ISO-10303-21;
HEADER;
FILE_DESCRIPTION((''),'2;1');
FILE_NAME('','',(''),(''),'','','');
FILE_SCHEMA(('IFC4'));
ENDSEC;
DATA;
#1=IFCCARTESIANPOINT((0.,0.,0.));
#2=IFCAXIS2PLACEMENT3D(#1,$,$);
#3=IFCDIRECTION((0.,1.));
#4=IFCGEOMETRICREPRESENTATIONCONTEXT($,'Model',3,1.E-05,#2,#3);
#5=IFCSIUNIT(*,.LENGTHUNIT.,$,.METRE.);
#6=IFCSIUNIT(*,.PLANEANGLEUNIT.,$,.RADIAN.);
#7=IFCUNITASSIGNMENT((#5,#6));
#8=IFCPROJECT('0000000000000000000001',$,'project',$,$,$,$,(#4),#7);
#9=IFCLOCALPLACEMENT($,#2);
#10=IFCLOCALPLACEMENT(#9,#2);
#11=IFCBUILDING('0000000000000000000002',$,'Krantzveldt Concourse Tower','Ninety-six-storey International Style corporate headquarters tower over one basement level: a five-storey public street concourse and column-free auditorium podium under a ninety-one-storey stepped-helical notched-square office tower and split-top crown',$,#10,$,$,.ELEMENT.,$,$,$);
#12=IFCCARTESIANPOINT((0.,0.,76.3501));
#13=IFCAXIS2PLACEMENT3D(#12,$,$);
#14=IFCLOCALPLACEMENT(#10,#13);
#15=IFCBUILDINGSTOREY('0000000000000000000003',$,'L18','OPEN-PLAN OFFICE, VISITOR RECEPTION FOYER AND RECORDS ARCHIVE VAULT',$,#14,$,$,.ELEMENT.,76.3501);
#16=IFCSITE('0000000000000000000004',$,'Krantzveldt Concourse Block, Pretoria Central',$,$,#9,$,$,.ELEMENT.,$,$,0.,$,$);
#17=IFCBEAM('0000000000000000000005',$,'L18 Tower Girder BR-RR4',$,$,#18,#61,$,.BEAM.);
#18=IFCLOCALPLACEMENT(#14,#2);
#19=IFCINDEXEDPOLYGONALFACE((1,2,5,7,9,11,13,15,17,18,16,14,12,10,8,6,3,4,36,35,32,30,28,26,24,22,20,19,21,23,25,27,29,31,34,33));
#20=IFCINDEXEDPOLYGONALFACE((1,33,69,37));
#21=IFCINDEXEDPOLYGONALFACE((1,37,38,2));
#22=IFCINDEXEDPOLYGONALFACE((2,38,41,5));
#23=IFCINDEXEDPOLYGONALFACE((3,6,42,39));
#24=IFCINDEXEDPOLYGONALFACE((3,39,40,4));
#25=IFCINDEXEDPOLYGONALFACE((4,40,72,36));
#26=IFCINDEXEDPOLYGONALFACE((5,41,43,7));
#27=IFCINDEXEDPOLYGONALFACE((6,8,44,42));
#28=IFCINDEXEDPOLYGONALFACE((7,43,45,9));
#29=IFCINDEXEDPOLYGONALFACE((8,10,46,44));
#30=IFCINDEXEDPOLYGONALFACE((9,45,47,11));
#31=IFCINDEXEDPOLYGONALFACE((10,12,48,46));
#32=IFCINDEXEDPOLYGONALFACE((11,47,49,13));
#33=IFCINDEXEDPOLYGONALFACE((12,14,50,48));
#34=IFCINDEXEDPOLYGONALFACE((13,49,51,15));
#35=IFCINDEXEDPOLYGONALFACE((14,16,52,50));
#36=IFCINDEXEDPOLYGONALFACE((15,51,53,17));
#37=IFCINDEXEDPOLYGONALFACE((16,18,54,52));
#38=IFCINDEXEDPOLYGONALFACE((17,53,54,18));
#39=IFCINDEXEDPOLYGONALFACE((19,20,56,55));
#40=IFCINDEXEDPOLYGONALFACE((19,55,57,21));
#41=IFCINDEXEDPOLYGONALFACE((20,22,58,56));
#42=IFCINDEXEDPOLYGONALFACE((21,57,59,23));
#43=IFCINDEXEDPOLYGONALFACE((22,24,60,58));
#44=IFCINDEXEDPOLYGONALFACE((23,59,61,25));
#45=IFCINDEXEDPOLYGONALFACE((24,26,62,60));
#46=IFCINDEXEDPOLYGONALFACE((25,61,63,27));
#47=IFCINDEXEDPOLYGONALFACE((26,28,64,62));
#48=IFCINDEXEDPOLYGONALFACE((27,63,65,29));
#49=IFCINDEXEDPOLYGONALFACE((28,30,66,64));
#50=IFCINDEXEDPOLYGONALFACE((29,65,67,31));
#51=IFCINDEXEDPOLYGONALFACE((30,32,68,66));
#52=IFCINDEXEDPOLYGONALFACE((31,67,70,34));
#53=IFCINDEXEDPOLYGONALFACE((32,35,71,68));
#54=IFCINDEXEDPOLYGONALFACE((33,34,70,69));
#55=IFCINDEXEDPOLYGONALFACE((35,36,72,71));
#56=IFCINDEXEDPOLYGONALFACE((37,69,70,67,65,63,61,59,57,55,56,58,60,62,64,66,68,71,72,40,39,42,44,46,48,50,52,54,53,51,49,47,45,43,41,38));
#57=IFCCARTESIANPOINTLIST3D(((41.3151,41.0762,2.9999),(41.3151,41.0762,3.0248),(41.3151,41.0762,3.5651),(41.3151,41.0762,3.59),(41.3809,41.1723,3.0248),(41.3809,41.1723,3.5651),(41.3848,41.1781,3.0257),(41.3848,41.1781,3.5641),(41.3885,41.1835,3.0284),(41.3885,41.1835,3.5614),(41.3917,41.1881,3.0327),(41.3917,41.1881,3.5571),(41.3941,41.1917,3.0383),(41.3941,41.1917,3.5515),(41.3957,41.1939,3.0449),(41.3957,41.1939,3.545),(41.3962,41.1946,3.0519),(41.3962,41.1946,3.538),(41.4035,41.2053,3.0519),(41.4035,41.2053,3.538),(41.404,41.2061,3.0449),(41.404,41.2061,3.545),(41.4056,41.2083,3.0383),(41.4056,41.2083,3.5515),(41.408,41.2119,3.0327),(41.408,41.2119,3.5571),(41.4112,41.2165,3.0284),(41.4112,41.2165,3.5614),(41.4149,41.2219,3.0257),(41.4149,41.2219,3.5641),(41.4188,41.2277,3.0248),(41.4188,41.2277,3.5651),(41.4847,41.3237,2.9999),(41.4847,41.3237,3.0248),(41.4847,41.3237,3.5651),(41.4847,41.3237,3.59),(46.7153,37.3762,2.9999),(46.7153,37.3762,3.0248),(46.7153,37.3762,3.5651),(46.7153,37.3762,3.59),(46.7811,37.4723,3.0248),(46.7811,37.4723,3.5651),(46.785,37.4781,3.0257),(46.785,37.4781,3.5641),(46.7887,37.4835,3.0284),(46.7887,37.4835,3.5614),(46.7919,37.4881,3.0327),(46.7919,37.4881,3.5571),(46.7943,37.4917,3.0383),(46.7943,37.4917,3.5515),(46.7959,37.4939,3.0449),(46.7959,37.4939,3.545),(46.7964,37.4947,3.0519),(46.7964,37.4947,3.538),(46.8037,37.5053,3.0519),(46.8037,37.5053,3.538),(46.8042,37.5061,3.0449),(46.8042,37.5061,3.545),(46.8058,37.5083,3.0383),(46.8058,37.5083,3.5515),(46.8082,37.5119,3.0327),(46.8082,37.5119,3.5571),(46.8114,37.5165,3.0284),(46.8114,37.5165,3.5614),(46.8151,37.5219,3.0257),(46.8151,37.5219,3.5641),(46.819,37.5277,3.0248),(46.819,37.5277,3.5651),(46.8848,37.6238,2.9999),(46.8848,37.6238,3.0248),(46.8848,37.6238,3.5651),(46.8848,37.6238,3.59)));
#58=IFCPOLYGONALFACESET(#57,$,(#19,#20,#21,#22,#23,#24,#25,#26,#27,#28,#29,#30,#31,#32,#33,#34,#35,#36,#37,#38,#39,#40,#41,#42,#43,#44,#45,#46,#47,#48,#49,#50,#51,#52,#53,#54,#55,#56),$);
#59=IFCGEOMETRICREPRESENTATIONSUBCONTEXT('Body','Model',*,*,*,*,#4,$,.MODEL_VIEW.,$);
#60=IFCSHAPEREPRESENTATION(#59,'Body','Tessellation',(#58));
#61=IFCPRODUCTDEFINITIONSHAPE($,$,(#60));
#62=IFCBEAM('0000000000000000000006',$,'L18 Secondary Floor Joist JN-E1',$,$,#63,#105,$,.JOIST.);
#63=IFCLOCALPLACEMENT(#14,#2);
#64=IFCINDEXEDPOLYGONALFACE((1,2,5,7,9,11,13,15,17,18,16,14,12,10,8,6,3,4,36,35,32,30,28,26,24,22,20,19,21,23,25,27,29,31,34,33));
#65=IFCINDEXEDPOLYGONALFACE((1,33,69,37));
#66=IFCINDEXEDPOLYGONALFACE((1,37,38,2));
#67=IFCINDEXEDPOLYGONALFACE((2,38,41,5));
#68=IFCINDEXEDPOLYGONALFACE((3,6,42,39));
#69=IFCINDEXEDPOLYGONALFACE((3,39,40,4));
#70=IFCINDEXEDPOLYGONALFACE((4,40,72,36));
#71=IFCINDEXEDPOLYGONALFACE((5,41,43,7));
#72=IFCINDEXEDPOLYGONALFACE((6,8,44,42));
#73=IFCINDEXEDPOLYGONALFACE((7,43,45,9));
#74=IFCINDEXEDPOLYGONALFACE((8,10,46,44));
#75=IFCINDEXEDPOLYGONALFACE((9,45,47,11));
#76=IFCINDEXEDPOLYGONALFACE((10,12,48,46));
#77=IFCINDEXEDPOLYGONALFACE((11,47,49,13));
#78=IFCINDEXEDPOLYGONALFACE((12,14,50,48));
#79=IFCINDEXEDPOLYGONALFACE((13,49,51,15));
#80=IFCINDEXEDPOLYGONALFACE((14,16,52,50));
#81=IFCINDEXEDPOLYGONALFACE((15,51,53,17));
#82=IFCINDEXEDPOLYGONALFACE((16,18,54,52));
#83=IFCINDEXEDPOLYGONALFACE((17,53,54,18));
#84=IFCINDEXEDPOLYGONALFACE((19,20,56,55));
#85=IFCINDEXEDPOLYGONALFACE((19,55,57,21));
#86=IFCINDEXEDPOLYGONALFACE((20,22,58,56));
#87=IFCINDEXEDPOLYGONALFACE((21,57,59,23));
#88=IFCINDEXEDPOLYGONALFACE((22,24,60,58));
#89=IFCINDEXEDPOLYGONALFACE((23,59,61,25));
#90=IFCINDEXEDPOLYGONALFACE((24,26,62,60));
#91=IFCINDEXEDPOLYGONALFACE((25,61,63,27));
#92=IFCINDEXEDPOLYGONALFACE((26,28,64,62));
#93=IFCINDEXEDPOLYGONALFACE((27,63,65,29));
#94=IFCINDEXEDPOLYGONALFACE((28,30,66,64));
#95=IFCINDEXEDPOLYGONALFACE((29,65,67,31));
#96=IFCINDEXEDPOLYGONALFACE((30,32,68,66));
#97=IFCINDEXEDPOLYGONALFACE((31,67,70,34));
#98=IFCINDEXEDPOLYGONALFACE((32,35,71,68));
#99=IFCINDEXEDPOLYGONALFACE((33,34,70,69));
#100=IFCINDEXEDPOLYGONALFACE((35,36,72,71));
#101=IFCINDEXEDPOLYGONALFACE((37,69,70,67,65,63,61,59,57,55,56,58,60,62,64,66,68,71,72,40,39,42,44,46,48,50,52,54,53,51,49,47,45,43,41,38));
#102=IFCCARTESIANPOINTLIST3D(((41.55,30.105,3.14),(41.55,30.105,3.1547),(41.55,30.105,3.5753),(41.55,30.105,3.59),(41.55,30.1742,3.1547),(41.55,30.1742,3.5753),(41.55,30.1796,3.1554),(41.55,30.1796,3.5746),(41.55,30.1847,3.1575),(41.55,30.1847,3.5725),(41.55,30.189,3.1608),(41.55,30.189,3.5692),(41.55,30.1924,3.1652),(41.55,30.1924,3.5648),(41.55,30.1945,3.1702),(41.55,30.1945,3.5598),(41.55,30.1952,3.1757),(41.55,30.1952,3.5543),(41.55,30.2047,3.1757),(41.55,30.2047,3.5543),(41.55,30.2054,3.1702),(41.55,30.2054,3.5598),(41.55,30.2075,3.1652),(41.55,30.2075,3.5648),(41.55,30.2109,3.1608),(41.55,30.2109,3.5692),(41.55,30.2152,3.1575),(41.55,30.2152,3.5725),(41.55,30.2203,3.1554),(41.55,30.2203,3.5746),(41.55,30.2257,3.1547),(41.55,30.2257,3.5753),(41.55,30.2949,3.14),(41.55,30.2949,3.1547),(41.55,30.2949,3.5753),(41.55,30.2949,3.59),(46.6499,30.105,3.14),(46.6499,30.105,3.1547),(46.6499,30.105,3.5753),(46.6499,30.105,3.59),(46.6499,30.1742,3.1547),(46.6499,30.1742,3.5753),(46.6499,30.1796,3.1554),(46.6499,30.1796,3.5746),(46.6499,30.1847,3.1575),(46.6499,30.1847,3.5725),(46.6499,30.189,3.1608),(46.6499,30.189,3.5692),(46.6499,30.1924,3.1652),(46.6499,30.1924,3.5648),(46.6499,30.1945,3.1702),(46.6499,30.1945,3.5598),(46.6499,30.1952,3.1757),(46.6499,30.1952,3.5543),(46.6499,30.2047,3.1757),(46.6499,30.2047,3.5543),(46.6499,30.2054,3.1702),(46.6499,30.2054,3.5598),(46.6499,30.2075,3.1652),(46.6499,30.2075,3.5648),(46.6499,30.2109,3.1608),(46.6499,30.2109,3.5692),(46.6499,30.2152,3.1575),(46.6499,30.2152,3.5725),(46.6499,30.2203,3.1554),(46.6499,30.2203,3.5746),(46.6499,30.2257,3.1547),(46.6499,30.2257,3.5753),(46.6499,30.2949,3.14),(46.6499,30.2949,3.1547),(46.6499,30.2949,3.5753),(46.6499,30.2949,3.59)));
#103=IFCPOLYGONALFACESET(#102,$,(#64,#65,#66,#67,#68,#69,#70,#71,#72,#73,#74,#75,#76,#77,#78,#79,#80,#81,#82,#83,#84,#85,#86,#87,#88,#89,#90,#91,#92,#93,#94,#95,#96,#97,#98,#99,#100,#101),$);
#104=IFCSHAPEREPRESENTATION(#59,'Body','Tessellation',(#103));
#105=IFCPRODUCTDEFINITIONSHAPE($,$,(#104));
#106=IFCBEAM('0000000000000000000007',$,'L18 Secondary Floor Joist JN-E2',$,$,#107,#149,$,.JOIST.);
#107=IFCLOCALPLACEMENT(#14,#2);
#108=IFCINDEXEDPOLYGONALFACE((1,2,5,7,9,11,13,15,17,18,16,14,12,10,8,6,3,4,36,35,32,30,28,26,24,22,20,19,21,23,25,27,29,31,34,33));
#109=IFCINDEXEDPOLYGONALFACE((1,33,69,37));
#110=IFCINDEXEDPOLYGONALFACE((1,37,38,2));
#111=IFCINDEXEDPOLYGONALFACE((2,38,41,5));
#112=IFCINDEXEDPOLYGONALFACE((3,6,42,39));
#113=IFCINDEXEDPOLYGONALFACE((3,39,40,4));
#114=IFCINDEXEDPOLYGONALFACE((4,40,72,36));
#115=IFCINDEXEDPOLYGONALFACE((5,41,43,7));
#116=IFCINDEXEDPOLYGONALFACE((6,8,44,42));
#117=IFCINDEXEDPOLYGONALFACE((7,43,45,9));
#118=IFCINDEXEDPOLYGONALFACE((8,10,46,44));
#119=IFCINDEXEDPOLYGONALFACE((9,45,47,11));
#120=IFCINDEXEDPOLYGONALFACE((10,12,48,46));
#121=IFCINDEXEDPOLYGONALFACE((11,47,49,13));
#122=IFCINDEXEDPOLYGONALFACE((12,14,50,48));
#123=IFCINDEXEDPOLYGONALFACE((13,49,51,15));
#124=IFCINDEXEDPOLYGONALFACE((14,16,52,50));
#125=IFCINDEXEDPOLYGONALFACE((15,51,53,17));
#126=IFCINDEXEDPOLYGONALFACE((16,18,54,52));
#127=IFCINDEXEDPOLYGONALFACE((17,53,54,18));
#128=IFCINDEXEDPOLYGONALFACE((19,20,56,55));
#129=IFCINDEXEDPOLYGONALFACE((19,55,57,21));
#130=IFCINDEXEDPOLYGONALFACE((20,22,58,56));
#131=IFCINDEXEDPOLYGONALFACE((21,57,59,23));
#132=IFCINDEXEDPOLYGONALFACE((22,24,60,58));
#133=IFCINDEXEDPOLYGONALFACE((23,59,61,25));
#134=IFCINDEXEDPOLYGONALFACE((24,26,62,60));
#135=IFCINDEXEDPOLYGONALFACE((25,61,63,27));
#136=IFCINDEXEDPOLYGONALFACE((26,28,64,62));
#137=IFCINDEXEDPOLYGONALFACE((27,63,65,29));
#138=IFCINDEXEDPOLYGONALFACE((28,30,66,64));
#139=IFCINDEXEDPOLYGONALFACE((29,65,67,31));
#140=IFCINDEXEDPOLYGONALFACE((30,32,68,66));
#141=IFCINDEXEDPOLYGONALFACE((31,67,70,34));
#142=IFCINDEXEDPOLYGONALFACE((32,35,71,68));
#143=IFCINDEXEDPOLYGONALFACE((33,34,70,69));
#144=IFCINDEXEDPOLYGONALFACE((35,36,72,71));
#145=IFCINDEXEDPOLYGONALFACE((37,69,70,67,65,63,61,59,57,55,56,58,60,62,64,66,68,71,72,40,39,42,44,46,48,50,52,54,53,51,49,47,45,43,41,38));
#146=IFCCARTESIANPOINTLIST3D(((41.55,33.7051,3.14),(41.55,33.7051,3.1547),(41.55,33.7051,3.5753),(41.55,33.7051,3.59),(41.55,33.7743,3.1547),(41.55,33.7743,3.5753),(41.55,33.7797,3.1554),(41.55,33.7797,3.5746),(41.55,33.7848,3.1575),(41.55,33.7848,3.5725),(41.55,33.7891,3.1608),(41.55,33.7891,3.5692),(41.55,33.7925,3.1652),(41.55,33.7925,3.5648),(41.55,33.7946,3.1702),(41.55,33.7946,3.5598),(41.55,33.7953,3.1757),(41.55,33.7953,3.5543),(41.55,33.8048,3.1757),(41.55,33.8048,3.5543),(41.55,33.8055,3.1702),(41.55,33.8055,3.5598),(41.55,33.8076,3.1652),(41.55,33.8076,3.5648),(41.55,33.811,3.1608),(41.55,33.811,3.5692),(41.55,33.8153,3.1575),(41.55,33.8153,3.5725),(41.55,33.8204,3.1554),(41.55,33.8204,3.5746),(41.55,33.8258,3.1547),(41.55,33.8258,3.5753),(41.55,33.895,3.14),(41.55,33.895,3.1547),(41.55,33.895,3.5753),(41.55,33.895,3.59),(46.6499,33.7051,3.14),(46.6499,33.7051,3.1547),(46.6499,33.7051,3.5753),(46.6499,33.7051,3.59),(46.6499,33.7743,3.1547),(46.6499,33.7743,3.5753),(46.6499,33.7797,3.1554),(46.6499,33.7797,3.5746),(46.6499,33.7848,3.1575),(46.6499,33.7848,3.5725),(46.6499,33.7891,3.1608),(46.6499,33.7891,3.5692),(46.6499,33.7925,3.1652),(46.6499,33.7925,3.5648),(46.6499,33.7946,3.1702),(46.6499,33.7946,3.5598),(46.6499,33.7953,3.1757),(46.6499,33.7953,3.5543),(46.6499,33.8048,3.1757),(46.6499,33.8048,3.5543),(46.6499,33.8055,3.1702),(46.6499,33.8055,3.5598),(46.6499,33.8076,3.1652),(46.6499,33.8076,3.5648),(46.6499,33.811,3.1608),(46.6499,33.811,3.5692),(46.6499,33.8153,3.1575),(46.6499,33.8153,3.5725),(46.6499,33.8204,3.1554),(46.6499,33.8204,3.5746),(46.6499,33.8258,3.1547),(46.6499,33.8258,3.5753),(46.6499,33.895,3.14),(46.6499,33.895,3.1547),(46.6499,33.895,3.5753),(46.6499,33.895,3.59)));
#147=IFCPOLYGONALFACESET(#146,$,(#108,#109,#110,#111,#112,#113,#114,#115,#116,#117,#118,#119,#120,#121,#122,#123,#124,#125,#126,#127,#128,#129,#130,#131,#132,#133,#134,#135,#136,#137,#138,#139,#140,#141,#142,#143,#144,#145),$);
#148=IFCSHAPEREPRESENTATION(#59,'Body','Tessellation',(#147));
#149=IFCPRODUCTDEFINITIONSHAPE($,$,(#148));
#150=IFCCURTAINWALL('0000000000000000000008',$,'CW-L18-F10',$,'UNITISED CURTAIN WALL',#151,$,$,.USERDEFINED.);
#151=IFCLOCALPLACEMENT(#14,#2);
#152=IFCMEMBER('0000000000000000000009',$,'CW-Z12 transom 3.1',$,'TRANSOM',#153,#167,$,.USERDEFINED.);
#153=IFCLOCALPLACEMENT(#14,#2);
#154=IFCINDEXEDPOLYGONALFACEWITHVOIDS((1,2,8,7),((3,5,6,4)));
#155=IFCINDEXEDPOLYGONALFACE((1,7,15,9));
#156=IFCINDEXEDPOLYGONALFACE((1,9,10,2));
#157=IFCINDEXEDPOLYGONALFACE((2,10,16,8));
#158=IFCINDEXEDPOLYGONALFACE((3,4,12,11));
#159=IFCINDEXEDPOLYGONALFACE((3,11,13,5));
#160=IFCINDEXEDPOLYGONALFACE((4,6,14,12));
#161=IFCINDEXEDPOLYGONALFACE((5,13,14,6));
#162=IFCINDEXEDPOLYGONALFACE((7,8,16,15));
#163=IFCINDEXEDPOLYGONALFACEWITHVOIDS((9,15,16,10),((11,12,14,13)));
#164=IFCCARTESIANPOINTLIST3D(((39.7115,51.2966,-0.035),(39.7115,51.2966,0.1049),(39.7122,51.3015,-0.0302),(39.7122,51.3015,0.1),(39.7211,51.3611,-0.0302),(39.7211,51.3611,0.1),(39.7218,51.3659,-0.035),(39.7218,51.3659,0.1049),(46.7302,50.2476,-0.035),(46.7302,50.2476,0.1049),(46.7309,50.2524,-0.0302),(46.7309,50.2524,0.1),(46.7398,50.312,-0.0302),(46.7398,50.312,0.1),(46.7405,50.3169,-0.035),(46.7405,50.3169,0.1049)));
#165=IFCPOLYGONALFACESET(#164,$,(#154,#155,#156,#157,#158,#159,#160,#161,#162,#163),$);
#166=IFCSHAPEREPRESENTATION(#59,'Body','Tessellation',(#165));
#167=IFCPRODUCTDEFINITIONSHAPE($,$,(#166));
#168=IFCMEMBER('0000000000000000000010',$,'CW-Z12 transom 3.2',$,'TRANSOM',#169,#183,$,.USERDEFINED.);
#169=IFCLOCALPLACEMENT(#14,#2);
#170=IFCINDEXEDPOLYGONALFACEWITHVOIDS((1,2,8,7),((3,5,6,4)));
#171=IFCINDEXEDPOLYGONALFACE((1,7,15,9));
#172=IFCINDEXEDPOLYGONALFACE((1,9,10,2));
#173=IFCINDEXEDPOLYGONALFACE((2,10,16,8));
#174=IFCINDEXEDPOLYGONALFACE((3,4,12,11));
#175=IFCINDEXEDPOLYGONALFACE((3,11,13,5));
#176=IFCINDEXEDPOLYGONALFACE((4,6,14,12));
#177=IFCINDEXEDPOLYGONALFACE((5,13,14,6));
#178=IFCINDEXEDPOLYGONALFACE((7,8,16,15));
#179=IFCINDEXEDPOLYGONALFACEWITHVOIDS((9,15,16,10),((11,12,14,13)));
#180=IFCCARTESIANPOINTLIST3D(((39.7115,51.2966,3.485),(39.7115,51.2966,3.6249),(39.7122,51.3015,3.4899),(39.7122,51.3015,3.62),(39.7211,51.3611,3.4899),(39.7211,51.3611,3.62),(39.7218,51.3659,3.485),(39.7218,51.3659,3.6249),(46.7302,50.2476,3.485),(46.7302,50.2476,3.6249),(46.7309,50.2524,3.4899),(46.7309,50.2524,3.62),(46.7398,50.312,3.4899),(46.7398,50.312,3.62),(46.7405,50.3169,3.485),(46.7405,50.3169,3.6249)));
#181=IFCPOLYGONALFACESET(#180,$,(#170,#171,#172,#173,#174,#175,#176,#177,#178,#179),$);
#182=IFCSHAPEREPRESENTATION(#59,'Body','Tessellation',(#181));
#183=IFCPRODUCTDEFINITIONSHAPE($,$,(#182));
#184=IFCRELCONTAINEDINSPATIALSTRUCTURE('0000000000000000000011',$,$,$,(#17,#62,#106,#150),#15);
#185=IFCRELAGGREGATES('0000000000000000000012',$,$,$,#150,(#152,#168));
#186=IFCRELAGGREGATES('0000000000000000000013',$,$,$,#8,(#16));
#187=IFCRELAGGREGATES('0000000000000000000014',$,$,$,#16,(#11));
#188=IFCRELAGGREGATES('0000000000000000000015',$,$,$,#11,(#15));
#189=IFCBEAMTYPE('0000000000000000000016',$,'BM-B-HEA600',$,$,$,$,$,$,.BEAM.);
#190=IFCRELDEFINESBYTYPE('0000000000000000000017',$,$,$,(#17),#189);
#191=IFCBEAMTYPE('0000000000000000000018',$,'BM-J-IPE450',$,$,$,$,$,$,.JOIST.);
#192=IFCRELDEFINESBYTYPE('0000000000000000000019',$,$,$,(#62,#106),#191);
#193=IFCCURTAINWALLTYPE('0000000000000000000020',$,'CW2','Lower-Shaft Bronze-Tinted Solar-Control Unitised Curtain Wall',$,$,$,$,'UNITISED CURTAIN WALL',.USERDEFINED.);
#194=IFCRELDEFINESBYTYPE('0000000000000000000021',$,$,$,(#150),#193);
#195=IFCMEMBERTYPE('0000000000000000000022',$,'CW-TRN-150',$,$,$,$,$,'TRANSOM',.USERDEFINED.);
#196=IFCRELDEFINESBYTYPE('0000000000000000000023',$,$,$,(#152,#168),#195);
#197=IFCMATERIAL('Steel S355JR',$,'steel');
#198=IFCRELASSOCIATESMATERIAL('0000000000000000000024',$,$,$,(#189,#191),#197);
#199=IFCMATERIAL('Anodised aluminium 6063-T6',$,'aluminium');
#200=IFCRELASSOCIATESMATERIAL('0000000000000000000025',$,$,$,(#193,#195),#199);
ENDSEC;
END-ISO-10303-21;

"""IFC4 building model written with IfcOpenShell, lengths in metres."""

from ifc_helpers import new_model, si_unit, direction, frame, origin, origin_2d, place, context, subcontext, project, spatial, hollow_rectangle, i_section, extrude, source, transform, mapped, material, material_profile, profile_set, type_object, type_shapes, element, aggregate, save


model = new_model("IFC4")

# Units and contexts
model_context = context("Model", 3, precision=1e-05, world=origin(), true_north=direction((0.0, 1.0)))
body_context = subcontext(model_context, "Body", "Model", "MODEL_VIEW")
ifc_project = project(units=[si_unit("LENGTHUNIT", "METRE"), si_unit("PLANEANGLEUNIT", "RADIAN")], contexts=[model_context])

# Site, building, storey
site_placement = place(None, origin())
site = spatial("IfcSite", under=ifc_project, at=site_placement, Name="Krantzveldt Concourse Block, Pretoria Central", CompositionType="ELEMENT", RefElevation=0.0)
building_placement = place(site_placement, origin())
building = spatial("IfcBuilding", under=site, at=building_placement, Name="Krantzveldt Concourse Tower", Description="Ninety-six-storey International Style corporate headquarters tower over one basement level: a five-storey public street concourse and column-free auditorium podium under a ninety-one-storey stepped-helical notched-square office tower and split-top crown", CompositionType="ELEMENT")
storey_placement = place(building_placement, frame((0.0, 0.0, 76.3501)))
storey = spatial("IfcBuildingStorey", under=building, at=storey_placement, Name="L18", Description="OPEN-PLAN OFFICE, VISITOR RECEPTION FOYER AND RECORDS ARCHIVE VAULT", CompositionType="ELEMENT", Elevation=76.3501)

# Beams
ifc_material_1 = material(Name="Steel S355JR", Category="steel")
ifc_material_profile_1 = material_profile(ifc_material_1, i_section(OverallWidth=0.3, OverallDepth=0.5901, WebThickness=0.0129, FlangeThickness=0.0249, FilletRadius=0.0271, at=origin_2d()), Name="Steel S355JR", Category="steel")
ifc_profile_set_1 = profile_set([ifc_material_profile_1], Name="Steel S355JR - HEA 600")
beam_type_1 = type_object("IfcBeamType", Name="BM-B-HEA600", PredefinedType="BEAM", material=ifc_profile_set_1)
shared_shape_1 = source(origin(), body_context, "Body", "SweptSolid", [
    extrude(i_section(OverallWidth=0.3, OverallDepth=0.5901, WebThickness=0.0129, FlangeThickness=0.0249, FilletRadius=0.0271, at=origin_2d()), origin(), (0.0, 0.0, 1.0), 6.5461),
])
beam_1_placement = place(storey_placement, frame((46.8, 37.5, 3.2949), z_axis=(-0.824943, 0.565216, 0.0), x_axis=(-0.565216, -0.824943, 0.0)))
element("IfcBeam", 1, at=beam_1_placement, inside=storey, type_object=beam_type_1, Name="L18 Tower Girder BR-RR4", PredefinedType="BEAM", context=body_context, shape_type="MappedRepresentation", body=[
    mapped(shared_shape_1, transform((0.0, 0.0, 0.0), x_axis=(1.0, 0.0, 0.0), y_axis=(0.0, 1.0, 0.0), z_axis=(0.0, 0.0, 1.0), scale=1.0)),
])
ifc_material_profile_2 = material_profile(ifc_material_1, i_section(OverallWidth=0.1899, OverallDepth=0.45, WebThickness=0.0095, FlangeThickness=0.0146, FilletRadius=0.021, at=origin_2d()), Name="Steel S355JR", Category="steel")
ifc_profile_set_2 = profile_set([ifc_material_profile_2], Name="Steel S355JR - IPE 450")
beam_type_2 = type_object("IfcBeamType", Name="BM-J-IPE450", PredefinedType="JOIST", material=ifc_profile_set_2)
shared_shape_2 = source(origin(), body_context, "Body", "SweptSolid", [
    extrude(i_section(OverallWidth=0.1899, OverallDepth=0.45, WebThickness=0.0095, FlangeThickness=0.0146, FilletRadius=0.021, at=origin_2d()), origin(), (0.0, 0.0, 1.0), 5.0999),
])
type_shapes(beam_type_2, [shared_shape_2])
for number, where, z_axis, x_axis, name in (
    (2, (41.55, 30.2, 3.365), (1.0, 0.0, 0.0), (0.0, 1.0, 0.0), "L18 Secondary Floor Joist JN-E1"),
    (3, (41.55, 33.8, 3.365), (1.0, 0.0, 0.0), (0.0, 1.0, 0.0), "L18 Secondary Floor Joist JN-E2"),
):
    element("IfcBeam", number, at=place(storey_placement, frame(where, z_axis=z_axis, x_axis=x_axis)), inside=storey, type_object=beam_type_2, Name=name, PredefinedType="JOIST", context=body_context, shape_type="MappedRepresentation", body=[
        mapped(shared_shape_2, transform((0.0, 0.0, 0.0), x_axis=(1.0, 0.0, 0.0), y_axis=(0.0, 1.0, 0.0), z_axis=(0.0, 0.0, 1.0), scale=1.0)),
    ])

# Curtain wall, members
ifc_material_2 = material(Name="Anodised aluminium 6063-T6", Category="aluminium")
curtain_wall_type = type_object("IfcCurtainWallType", Name="CW2", Description="Lower-Shaft Bronze-Tinted Solar-Control Unitised Curtain Wall", ElementType="UNITISED CURTAIN WALL", PredefinedType="USERDEFINED", material=ifc_material_2)
curtain_wall_placement = place(storey_placement, origin())
curtain_wall = element("IfcCurtainWall", 4, at=curtain_wall_placement, inside=storey, type_object=curtain_wall_type, Name="CW-L18-F10", ObjectType="UNITISED CURTAIN WALL", PredefinedType="USERDEFINED")
ifc_material_profile_3 = material_profile(ifc_material_2, hollow_rectangle(XDim=0.0701, YDim=0.1399, WallThickness=0.0049, at=origin_2d()), Name="Anodised aluminium 6063-T6", Category="aluminium")
ifc_profile_set_3 = profile_set([ifc_material_profile_3], Name="Anodised aluminium 6063-T6 - ALU-TRAN 140x70x5")
member_type_1 = type_object("IfcMemberType", Name="CW-TRN-150", ElementType="TRANSOM", PredefinedType="USERDEFINED", material=ifc_profile_set_3)
shared_shape_3 = source(origin(), body_context, "Body", "SweptSolid", [
    extrude(hollow_rectangle(XDim=0.0701, YDim=0.1399, WallThickness=0.0049, at=origin_2d()), origin(), (0.0, 0.0, 1.0), 7.0967),
])
member_1_placement = place(storey_placement, frame((46.7354, 50.2822, 0.0349), z_axis=(-0.989014, 0.147824, 0.0), x_axis=(-0.147824, -0.989014, 0.0)))
member_1 = element("IfcMember", 5, at=member_1_placement, type_object=member_type_1, Name="CW-Z12 transom 3.1", ObjectType="TRANSOM", PredefinedType="USERDEFINED", context=body_context, shape_type="MappedRepresentation", body=[
    mapped(shared_shape_3, transform((0.0, 0.0, 0.0), x_axis=(1.0, 0.0, 0.0), y_axis=(0.0, 1.0, 0.0), z_axis=(0.0, 0.0, 1.0), scale=1.0)),
])
member_2_placement = place(storey_placement, frame((46.7354, 50.2822, 3.5549), z_axis=(-0.989014, 0.147824, 0.0), x_axis=(-0.147824, -0.989014, 0.0)))
member_2 = element("IfcMember", 6, at=member_2_placement, type_object=member_type_1, Name="CW-Z12 transom 3.2", ObjectType="TRANSOM", PredefinedType="USERDEFINED", context=body_context, shape_type="MappedRepresentation", body=[
    mapped(shared_shape_3, transform((0.0, 0.0, 0.0), x_axis=(1.0, 0.0, 0.0), y_axis=(0.0, 1.0, 0.0), z_axis=(0.0, 0.0, 1.0), scale=1.0)),
])
aggregate(curtain_wall, [member_1, member_2])

save(model, "model.ifc")
